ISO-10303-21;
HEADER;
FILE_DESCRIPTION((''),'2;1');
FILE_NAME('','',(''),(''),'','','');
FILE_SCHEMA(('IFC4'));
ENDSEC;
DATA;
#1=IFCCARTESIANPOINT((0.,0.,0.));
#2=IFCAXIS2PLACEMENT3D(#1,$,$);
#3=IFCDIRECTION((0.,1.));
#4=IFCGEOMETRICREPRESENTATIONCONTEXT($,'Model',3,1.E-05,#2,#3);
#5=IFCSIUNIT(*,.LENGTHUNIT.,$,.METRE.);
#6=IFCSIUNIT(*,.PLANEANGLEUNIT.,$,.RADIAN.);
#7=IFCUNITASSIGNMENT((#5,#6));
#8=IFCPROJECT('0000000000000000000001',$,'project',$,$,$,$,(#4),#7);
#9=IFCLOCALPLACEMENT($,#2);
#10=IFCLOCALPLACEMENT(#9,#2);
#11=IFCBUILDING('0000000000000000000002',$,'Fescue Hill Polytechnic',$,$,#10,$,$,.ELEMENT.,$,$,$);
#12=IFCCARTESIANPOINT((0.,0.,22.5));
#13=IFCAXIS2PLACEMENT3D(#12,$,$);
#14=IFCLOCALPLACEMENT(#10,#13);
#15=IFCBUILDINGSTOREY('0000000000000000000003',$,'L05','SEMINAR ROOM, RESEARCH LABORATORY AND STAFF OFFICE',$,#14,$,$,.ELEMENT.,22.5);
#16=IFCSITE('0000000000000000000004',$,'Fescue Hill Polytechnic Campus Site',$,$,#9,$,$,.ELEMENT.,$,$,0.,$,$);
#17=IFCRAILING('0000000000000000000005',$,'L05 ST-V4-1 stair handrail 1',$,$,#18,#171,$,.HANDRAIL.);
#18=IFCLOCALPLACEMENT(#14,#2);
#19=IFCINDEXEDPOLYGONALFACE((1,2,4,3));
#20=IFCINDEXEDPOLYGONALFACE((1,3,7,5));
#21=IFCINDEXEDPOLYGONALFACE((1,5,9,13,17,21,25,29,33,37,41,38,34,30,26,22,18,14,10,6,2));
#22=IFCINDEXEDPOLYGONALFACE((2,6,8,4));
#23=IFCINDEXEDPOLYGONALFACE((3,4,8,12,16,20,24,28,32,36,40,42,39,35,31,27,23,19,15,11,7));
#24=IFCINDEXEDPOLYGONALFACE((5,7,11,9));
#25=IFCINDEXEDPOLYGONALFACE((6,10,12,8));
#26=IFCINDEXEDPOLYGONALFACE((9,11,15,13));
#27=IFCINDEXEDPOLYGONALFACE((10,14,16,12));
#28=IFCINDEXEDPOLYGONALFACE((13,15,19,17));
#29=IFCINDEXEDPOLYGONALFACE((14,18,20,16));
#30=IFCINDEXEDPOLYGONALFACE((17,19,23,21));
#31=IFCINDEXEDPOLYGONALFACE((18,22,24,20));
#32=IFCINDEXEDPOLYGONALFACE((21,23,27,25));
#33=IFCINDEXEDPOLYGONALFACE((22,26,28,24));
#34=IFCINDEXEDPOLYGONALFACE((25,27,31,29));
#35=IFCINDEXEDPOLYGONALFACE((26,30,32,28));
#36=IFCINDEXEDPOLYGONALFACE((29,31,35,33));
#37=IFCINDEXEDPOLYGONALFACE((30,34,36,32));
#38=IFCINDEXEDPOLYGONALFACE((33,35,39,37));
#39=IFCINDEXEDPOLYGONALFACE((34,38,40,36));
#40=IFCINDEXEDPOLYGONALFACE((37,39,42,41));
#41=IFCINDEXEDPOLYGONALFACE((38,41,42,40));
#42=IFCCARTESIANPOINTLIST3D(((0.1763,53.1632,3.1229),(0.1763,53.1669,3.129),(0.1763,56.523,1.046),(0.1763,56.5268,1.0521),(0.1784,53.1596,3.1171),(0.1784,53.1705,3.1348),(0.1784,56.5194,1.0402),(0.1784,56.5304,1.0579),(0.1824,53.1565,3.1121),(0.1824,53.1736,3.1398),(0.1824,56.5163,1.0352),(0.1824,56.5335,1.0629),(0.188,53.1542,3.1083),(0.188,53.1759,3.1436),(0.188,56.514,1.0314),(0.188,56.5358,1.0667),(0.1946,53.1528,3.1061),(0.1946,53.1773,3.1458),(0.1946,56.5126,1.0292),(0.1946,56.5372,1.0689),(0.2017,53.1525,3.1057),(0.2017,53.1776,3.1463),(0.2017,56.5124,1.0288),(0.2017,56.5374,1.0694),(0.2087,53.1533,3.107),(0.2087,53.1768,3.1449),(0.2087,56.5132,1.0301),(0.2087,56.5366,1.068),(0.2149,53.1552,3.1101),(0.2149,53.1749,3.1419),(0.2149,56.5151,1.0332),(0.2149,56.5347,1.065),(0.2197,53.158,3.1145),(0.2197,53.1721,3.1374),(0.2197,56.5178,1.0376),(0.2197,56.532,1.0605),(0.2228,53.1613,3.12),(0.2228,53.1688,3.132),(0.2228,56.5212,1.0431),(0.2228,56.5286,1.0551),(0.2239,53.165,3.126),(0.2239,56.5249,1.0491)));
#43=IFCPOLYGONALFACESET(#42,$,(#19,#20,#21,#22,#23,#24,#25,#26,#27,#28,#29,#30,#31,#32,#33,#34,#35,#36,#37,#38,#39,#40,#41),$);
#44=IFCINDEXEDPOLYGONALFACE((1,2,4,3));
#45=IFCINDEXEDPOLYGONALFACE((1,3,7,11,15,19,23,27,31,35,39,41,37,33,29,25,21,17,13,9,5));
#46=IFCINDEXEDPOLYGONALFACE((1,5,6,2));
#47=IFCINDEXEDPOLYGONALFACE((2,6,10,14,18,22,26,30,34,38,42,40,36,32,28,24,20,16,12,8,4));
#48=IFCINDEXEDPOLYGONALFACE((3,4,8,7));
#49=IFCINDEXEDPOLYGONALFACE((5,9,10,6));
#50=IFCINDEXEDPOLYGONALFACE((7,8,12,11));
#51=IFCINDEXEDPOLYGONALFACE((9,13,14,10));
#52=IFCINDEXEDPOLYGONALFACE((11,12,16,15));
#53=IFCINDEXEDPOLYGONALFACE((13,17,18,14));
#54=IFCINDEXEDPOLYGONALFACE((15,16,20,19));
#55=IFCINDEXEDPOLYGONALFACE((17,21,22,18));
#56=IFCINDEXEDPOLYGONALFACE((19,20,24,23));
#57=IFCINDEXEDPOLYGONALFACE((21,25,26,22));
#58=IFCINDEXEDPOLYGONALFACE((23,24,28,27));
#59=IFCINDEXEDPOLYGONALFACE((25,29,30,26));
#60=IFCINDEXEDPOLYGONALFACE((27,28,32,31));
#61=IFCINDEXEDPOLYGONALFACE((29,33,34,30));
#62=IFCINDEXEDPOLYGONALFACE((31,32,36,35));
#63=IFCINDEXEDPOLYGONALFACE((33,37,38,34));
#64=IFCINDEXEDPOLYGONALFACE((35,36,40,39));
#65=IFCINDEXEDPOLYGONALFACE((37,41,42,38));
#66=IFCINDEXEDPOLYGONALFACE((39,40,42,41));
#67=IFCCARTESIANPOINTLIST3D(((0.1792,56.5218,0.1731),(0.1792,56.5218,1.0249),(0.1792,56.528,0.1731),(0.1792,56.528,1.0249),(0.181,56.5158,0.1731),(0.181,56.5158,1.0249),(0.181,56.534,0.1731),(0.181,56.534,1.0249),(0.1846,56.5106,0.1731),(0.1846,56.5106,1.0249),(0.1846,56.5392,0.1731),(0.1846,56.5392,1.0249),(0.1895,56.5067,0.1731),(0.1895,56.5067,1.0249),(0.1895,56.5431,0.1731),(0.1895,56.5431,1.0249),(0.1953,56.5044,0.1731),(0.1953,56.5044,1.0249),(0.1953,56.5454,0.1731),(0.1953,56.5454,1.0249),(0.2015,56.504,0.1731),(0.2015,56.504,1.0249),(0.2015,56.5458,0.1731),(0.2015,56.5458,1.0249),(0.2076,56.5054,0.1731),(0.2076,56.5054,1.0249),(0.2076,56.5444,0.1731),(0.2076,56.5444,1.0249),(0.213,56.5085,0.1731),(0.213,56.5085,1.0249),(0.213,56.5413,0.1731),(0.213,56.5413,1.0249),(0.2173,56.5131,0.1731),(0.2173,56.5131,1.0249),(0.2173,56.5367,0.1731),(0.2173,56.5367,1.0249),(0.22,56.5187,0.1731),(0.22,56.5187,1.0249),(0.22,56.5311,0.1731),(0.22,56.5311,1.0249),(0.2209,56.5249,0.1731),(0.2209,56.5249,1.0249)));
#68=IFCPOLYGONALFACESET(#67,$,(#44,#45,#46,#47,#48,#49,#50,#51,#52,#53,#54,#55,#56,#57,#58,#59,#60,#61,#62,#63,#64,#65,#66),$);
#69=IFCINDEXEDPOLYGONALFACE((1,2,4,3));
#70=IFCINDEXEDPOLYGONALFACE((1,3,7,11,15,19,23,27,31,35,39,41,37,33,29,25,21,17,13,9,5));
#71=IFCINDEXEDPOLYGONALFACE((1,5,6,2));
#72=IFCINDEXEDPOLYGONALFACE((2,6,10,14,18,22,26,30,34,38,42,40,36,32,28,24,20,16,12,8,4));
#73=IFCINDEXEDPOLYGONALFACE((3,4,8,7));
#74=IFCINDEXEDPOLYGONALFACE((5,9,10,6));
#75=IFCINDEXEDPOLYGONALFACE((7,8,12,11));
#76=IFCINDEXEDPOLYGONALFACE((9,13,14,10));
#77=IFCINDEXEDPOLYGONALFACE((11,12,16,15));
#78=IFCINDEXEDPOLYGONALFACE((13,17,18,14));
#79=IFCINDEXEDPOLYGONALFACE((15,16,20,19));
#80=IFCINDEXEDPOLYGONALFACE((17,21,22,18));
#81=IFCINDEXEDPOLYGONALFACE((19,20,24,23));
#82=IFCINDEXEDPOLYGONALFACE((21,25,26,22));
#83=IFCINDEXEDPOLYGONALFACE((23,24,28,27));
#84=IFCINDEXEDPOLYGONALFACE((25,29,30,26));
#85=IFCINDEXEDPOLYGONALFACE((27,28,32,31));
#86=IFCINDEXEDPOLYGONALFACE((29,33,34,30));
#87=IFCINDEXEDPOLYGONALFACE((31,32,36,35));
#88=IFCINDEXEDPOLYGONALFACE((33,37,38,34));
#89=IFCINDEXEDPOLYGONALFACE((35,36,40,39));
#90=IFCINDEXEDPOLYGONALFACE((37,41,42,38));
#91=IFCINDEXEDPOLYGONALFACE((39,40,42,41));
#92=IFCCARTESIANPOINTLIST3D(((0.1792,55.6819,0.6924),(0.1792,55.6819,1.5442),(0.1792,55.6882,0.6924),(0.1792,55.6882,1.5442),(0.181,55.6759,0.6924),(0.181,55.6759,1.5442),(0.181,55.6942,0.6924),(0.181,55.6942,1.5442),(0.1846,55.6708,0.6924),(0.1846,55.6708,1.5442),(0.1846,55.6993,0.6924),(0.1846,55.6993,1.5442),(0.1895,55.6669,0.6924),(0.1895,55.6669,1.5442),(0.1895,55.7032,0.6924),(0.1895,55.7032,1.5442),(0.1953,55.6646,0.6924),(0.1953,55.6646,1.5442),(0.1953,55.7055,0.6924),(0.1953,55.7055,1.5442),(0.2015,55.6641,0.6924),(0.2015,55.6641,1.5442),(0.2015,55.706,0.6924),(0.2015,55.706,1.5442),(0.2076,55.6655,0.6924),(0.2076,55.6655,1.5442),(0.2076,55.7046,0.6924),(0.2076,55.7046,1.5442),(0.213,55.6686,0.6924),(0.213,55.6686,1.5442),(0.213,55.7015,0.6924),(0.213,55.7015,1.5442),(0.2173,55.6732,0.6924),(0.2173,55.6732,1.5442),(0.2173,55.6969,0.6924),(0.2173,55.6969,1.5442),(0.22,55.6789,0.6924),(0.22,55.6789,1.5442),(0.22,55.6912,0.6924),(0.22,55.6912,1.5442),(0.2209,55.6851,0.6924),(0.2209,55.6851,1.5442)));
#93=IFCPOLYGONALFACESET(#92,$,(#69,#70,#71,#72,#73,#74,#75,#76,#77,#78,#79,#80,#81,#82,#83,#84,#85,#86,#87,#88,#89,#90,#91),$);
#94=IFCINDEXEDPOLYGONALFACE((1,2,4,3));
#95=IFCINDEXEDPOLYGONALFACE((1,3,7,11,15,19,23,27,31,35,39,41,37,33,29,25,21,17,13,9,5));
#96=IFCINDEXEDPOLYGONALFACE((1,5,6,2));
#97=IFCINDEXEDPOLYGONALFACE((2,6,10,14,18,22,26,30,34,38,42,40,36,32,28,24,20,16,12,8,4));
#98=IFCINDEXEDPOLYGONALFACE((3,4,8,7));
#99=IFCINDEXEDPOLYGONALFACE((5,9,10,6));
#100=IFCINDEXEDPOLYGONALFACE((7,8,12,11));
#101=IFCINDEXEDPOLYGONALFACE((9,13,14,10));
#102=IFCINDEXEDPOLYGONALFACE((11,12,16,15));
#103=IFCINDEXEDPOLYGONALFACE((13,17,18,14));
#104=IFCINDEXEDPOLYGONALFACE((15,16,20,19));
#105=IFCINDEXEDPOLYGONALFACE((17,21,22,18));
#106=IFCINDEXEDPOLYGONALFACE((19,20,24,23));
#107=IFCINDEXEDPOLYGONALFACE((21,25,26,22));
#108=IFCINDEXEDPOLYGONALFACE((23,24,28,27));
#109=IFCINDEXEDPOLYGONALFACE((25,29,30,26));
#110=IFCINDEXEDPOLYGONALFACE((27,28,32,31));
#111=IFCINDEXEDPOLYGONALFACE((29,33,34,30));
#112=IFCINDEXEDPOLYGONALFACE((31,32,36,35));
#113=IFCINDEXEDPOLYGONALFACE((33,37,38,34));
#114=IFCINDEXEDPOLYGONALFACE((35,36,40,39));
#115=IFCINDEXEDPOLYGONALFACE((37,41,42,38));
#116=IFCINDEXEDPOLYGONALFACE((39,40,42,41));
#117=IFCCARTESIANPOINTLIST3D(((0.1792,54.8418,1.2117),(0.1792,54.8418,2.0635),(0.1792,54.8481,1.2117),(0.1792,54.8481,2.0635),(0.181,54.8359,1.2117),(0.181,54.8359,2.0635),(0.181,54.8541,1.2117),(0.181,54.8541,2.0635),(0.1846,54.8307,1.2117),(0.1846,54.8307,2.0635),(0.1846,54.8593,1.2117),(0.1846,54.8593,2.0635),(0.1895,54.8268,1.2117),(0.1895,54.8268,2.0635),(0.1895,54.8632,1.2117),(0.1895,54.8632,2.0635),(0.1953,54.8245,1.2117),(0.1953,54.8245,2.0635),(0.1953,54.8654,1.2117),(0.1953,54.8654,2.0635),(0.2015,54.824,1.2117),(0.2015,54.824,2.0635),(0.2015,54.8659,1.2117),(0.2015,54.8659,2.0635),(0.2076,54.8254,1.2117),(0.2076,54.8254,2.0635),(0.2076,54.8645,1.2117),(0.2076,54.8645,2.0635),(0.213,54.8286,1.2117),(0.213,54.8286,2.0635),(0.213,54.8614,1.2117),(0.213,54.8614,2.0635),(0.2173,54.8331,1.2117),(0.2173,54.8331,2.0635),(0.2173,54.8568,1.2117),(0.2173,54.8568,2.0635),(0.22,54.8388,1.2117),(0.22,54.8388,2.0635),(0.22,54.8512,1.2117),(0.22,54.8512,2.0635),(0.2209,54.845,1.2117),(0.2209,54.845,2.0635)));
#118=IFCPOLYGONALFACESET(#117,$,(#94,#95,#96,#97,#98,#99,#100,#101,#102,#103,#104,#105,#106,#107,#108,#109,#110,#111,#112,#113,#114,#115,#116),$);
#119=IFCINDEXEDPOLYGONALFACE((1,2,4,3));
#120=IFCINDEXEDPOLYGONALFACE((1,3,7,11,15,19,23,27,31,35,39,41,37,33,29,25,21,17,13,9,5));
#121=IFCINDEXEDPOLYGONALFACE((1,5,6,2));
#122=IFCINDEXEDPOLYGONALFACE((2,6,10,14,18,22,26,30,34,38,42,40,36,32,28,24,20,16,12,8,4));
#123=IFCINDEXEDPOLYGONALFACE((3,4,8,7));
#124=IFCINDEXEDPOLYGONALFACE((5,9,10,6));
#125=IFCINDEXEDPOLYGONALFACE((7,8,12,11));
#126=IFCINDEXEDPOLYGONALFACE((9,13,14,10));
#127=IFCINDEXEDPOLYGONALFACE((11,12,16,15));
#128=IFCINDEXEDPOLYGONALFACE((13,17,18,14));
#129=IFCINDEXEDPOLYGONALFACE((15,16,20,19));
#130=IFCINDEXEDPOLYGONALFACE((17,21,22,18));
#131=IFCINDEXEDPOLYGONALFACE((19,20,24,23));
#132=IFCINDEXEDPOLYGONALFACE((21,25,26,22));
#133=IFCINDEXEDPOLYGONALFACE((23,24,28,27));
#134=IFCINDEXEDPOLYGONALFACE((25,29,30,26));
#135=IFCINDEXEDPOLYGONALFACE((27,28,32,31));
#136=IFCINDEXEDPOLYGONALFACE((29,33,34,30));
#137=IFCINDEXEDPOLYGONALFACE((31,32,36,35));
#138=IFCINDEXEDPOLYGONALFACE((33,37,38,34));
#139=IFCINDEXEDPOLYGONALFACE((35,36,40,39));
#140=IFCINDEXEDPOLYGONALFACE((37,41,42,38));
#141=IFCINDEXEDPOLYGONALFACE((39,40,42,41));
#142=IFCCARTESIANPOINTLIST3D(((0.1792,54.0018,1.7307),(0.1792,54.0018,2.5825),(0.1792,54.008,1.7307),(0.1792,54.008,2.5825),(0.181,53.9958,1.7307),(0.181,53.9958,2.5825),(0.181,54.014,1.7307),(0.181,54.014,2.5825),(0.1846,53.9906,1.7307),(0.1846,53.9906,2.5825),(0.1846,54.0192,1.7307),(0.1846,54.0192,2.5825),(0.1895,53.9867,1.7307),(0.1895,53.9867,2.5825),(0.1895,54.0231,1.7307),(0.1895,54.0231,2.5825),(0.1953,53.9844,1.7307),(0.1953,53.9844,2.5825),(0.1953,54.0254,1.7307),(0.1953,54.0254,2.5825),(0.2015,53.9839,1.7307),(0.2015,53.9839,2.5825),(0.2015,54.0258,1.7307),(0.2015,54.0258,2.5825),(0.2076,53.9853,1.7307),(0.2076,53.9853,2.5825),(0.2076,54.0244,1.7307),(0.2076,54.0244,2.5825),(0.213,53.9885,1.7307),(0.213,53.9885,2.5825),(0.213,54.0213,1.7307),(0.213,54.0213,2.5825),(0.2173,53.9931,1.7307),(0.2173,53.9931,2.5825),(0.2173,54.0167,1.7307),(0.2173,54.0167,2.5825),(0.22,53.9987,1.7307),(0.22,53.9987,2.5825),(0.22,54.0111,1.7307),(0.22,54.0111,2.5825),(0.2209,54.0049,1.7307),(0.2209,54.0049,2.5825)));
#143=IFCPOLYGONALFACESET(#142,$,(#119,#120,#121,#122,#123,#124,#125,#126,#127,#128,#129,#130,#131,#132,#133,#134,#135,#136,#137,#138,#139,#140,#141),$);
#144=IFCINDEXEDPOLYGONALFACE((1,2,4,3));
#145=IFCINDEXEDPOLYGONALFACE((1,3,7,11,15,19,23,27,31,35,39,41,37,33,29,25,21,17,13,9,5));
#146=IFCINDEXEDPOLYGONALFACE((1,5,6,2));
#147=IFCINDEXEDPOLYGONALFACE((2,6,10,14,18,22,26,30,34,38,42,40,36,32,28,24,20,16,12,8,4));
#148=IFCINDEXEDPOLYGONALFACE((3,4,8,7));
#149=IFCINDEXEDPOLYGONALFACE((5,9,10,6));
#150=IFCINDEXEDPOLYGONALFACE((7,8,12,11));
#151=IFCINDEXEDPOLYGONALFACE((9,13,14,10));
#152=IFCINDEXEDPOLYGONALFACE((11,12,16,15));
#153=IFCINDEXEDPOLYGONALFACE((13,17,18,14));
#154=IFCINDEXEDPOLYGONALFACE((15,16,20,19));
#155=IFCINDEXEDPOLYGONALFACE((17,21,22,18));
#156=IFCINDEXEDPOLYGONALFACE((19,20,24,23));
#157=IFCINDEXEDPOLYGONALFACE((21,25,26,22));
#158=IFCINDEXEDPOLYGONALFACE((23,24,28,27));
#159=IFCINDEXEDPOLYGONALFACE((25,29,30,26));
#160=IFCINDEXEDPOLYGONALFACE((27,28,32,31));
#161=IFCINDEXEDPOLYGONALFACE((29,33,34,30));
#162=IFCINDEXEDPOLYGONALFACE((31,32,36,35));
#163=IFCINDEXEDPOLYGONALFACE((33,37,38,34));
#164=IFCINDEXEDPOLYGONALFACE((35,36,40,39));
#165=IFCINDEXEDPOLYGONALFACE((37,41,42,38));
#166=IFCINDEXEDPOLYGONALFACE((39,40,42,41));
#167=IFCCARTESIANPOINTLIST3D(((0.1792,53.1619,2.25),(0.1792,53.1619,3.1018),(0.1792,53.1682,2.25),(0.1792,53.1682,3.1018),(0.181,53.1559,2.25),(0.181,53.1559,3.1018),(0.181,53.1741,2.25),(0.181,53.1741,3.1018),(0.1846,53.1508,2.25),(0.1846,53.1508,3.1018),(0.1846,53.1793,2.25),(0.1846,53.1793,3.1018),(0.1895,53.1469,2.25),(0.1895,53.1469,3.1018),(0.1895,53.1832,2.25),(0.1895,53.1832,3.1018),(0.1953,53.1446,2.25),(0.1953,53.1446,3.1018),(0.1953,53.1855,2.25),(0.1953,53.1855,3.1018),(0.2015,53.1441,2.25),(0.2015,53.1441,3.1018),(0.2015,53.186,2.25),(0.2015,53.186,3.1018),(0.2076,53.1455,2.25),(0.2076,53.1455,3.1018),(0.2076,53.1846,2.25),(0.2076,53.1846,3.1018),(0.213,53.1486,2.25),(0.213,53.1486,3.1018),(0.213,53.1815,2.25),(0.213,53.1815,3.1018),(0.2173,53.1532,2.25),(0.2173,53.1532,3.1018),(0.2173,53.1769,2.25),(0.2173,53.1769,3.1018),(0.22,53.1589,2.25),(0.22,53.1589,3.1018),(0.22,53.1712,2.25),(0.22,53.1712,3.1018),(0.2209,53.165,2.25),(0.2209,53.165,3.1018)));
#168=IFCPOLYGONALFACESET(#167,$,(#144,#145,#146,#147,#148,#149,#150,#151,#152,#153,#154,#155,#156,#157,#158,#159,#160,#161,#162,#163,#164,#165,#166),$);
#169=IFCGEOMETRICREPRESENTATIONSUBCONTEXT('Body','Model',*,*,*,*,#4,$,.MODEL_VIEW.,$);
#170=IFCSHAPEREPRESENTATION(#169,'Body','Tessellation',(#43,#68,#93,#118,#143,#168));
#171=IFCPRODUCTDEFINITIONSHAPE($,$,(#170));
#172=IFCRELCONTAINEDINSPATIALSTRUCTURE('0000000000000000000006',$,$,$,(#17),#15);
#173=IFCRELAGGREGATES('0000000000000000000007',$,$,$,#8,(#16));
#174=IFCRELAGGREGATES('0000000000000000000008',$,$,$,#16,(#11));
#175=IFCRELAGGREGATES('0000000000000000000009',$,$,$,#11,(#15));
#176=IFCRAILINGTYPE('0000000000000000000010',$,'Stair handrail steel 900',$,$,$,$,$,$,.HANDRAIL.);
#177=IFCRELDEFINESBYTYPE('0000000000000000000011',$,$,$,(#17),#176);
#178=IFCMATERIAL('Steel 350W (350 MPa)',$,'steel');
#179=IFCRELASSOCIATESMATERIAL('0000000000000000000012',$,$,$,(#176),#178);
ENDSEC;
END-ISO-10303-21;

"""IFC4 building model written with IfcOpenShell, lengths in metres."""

from ifc_helpers import new_model, si_unit, direction, frame, origin, origin_2d, place, context, subcontext, project, spatial, circle, extrude, material, type_object, element, save


model = new_model("IFC4")

# Units and contexts
model_context = context("Model", 3, precision=1e-05, world=origin(), true_north=direction((0.0, 1.0)))
body_context = subcontext(model_context, "Body", "Model", "MODEL_VIEW")
ifc_project = project(units=[si_unit("LENGTHUNIT", "METRE"), si_unit("PLANEANGLEUNIT", "RADIAN")], contexts=[model_context])

# Site, building, storey
site_placement = place(None, origin())
site = spatial("IfcSite", under=ifc_project, at=site_placement, Name="Fescue Hill Polytechnic Campus Site", CompositionType="ELEMENT", RefElevation=0.0)
building_placement = place(site_placement, origin())
building = spatial("IfcBuilding", under=site, at=building_placement, Name="Fescue Hill Polytechnic", CompositionType="ELEMENT")
storey_placement = place(building_placement, frame((0.0, 0.0, 22.5)))
storey = spatial("IfcBuildingStorey", under=building, at=storey_placement, Name="L05", Description="SEMINAR ROOM, RESEARCH LABORATORY AND STAFF OFFICE", CompositionType="ELEMENT", Elevation=22.5)

# Railing
ifc_material_1 = material(Name="Steel 350W (350 MPa)", Category="steel")
railing_type_1 = type_object("IfcRailingType", Name="Stair handrail steel 900", PredefinedType="HANDRAIL", material=ifc_material_1)
railing_1_placement = place(storey_placement, frame((0.2, 56.5249, 0.1731)))
element("IfcRailing", 1, at=railing_1_placement, inside=storey, type_object=railing_type_1, Name="L05 ST-V4-1 stair handrail 1", PredefinedType="HANDRAIL", context=body_context, shape_type="SweptSolid", body=[
    extrude(circle(Radius=0.0239, at=origin_2d()), frame((0.0, 0.0, 0.876), z_axis=(0.0, -0.850606, 0.525803), x_axis=(1.0, 0.0, 0.0)), (0.0, 0.0, 1.0), 3.95),
    extrude(circle(Radius=0.021, at=origin_2d()), origin(), (0.0, 0.0, 1.0), 0.8518),
    extrude(circle(Radius=0.021, at=origin_2d()), frame((0.0, -0.8398, 0.5193)), (0.0, 0.0, 1.0), 0.8518),
    extrude(circle(Radius=0.021, at=origin_2d()), frame((0.0, -1.6799, 1.0386)), (0.0, 0.0, 1.0), 0.8518),
    extrude(circle(Radius=0.021, at=origin_2d()), frame((0.0, -2.52, 1.5576)), (0.0, 0.0, 1.0), 0.8518),
    extrude(circle(Radius=0.021, at=origin_2d()), frame((0.0, -3.3599, 2.0769)), (0.0, 0.0, 1.0), 0.8518),
])

save(model, "model.ifc")
